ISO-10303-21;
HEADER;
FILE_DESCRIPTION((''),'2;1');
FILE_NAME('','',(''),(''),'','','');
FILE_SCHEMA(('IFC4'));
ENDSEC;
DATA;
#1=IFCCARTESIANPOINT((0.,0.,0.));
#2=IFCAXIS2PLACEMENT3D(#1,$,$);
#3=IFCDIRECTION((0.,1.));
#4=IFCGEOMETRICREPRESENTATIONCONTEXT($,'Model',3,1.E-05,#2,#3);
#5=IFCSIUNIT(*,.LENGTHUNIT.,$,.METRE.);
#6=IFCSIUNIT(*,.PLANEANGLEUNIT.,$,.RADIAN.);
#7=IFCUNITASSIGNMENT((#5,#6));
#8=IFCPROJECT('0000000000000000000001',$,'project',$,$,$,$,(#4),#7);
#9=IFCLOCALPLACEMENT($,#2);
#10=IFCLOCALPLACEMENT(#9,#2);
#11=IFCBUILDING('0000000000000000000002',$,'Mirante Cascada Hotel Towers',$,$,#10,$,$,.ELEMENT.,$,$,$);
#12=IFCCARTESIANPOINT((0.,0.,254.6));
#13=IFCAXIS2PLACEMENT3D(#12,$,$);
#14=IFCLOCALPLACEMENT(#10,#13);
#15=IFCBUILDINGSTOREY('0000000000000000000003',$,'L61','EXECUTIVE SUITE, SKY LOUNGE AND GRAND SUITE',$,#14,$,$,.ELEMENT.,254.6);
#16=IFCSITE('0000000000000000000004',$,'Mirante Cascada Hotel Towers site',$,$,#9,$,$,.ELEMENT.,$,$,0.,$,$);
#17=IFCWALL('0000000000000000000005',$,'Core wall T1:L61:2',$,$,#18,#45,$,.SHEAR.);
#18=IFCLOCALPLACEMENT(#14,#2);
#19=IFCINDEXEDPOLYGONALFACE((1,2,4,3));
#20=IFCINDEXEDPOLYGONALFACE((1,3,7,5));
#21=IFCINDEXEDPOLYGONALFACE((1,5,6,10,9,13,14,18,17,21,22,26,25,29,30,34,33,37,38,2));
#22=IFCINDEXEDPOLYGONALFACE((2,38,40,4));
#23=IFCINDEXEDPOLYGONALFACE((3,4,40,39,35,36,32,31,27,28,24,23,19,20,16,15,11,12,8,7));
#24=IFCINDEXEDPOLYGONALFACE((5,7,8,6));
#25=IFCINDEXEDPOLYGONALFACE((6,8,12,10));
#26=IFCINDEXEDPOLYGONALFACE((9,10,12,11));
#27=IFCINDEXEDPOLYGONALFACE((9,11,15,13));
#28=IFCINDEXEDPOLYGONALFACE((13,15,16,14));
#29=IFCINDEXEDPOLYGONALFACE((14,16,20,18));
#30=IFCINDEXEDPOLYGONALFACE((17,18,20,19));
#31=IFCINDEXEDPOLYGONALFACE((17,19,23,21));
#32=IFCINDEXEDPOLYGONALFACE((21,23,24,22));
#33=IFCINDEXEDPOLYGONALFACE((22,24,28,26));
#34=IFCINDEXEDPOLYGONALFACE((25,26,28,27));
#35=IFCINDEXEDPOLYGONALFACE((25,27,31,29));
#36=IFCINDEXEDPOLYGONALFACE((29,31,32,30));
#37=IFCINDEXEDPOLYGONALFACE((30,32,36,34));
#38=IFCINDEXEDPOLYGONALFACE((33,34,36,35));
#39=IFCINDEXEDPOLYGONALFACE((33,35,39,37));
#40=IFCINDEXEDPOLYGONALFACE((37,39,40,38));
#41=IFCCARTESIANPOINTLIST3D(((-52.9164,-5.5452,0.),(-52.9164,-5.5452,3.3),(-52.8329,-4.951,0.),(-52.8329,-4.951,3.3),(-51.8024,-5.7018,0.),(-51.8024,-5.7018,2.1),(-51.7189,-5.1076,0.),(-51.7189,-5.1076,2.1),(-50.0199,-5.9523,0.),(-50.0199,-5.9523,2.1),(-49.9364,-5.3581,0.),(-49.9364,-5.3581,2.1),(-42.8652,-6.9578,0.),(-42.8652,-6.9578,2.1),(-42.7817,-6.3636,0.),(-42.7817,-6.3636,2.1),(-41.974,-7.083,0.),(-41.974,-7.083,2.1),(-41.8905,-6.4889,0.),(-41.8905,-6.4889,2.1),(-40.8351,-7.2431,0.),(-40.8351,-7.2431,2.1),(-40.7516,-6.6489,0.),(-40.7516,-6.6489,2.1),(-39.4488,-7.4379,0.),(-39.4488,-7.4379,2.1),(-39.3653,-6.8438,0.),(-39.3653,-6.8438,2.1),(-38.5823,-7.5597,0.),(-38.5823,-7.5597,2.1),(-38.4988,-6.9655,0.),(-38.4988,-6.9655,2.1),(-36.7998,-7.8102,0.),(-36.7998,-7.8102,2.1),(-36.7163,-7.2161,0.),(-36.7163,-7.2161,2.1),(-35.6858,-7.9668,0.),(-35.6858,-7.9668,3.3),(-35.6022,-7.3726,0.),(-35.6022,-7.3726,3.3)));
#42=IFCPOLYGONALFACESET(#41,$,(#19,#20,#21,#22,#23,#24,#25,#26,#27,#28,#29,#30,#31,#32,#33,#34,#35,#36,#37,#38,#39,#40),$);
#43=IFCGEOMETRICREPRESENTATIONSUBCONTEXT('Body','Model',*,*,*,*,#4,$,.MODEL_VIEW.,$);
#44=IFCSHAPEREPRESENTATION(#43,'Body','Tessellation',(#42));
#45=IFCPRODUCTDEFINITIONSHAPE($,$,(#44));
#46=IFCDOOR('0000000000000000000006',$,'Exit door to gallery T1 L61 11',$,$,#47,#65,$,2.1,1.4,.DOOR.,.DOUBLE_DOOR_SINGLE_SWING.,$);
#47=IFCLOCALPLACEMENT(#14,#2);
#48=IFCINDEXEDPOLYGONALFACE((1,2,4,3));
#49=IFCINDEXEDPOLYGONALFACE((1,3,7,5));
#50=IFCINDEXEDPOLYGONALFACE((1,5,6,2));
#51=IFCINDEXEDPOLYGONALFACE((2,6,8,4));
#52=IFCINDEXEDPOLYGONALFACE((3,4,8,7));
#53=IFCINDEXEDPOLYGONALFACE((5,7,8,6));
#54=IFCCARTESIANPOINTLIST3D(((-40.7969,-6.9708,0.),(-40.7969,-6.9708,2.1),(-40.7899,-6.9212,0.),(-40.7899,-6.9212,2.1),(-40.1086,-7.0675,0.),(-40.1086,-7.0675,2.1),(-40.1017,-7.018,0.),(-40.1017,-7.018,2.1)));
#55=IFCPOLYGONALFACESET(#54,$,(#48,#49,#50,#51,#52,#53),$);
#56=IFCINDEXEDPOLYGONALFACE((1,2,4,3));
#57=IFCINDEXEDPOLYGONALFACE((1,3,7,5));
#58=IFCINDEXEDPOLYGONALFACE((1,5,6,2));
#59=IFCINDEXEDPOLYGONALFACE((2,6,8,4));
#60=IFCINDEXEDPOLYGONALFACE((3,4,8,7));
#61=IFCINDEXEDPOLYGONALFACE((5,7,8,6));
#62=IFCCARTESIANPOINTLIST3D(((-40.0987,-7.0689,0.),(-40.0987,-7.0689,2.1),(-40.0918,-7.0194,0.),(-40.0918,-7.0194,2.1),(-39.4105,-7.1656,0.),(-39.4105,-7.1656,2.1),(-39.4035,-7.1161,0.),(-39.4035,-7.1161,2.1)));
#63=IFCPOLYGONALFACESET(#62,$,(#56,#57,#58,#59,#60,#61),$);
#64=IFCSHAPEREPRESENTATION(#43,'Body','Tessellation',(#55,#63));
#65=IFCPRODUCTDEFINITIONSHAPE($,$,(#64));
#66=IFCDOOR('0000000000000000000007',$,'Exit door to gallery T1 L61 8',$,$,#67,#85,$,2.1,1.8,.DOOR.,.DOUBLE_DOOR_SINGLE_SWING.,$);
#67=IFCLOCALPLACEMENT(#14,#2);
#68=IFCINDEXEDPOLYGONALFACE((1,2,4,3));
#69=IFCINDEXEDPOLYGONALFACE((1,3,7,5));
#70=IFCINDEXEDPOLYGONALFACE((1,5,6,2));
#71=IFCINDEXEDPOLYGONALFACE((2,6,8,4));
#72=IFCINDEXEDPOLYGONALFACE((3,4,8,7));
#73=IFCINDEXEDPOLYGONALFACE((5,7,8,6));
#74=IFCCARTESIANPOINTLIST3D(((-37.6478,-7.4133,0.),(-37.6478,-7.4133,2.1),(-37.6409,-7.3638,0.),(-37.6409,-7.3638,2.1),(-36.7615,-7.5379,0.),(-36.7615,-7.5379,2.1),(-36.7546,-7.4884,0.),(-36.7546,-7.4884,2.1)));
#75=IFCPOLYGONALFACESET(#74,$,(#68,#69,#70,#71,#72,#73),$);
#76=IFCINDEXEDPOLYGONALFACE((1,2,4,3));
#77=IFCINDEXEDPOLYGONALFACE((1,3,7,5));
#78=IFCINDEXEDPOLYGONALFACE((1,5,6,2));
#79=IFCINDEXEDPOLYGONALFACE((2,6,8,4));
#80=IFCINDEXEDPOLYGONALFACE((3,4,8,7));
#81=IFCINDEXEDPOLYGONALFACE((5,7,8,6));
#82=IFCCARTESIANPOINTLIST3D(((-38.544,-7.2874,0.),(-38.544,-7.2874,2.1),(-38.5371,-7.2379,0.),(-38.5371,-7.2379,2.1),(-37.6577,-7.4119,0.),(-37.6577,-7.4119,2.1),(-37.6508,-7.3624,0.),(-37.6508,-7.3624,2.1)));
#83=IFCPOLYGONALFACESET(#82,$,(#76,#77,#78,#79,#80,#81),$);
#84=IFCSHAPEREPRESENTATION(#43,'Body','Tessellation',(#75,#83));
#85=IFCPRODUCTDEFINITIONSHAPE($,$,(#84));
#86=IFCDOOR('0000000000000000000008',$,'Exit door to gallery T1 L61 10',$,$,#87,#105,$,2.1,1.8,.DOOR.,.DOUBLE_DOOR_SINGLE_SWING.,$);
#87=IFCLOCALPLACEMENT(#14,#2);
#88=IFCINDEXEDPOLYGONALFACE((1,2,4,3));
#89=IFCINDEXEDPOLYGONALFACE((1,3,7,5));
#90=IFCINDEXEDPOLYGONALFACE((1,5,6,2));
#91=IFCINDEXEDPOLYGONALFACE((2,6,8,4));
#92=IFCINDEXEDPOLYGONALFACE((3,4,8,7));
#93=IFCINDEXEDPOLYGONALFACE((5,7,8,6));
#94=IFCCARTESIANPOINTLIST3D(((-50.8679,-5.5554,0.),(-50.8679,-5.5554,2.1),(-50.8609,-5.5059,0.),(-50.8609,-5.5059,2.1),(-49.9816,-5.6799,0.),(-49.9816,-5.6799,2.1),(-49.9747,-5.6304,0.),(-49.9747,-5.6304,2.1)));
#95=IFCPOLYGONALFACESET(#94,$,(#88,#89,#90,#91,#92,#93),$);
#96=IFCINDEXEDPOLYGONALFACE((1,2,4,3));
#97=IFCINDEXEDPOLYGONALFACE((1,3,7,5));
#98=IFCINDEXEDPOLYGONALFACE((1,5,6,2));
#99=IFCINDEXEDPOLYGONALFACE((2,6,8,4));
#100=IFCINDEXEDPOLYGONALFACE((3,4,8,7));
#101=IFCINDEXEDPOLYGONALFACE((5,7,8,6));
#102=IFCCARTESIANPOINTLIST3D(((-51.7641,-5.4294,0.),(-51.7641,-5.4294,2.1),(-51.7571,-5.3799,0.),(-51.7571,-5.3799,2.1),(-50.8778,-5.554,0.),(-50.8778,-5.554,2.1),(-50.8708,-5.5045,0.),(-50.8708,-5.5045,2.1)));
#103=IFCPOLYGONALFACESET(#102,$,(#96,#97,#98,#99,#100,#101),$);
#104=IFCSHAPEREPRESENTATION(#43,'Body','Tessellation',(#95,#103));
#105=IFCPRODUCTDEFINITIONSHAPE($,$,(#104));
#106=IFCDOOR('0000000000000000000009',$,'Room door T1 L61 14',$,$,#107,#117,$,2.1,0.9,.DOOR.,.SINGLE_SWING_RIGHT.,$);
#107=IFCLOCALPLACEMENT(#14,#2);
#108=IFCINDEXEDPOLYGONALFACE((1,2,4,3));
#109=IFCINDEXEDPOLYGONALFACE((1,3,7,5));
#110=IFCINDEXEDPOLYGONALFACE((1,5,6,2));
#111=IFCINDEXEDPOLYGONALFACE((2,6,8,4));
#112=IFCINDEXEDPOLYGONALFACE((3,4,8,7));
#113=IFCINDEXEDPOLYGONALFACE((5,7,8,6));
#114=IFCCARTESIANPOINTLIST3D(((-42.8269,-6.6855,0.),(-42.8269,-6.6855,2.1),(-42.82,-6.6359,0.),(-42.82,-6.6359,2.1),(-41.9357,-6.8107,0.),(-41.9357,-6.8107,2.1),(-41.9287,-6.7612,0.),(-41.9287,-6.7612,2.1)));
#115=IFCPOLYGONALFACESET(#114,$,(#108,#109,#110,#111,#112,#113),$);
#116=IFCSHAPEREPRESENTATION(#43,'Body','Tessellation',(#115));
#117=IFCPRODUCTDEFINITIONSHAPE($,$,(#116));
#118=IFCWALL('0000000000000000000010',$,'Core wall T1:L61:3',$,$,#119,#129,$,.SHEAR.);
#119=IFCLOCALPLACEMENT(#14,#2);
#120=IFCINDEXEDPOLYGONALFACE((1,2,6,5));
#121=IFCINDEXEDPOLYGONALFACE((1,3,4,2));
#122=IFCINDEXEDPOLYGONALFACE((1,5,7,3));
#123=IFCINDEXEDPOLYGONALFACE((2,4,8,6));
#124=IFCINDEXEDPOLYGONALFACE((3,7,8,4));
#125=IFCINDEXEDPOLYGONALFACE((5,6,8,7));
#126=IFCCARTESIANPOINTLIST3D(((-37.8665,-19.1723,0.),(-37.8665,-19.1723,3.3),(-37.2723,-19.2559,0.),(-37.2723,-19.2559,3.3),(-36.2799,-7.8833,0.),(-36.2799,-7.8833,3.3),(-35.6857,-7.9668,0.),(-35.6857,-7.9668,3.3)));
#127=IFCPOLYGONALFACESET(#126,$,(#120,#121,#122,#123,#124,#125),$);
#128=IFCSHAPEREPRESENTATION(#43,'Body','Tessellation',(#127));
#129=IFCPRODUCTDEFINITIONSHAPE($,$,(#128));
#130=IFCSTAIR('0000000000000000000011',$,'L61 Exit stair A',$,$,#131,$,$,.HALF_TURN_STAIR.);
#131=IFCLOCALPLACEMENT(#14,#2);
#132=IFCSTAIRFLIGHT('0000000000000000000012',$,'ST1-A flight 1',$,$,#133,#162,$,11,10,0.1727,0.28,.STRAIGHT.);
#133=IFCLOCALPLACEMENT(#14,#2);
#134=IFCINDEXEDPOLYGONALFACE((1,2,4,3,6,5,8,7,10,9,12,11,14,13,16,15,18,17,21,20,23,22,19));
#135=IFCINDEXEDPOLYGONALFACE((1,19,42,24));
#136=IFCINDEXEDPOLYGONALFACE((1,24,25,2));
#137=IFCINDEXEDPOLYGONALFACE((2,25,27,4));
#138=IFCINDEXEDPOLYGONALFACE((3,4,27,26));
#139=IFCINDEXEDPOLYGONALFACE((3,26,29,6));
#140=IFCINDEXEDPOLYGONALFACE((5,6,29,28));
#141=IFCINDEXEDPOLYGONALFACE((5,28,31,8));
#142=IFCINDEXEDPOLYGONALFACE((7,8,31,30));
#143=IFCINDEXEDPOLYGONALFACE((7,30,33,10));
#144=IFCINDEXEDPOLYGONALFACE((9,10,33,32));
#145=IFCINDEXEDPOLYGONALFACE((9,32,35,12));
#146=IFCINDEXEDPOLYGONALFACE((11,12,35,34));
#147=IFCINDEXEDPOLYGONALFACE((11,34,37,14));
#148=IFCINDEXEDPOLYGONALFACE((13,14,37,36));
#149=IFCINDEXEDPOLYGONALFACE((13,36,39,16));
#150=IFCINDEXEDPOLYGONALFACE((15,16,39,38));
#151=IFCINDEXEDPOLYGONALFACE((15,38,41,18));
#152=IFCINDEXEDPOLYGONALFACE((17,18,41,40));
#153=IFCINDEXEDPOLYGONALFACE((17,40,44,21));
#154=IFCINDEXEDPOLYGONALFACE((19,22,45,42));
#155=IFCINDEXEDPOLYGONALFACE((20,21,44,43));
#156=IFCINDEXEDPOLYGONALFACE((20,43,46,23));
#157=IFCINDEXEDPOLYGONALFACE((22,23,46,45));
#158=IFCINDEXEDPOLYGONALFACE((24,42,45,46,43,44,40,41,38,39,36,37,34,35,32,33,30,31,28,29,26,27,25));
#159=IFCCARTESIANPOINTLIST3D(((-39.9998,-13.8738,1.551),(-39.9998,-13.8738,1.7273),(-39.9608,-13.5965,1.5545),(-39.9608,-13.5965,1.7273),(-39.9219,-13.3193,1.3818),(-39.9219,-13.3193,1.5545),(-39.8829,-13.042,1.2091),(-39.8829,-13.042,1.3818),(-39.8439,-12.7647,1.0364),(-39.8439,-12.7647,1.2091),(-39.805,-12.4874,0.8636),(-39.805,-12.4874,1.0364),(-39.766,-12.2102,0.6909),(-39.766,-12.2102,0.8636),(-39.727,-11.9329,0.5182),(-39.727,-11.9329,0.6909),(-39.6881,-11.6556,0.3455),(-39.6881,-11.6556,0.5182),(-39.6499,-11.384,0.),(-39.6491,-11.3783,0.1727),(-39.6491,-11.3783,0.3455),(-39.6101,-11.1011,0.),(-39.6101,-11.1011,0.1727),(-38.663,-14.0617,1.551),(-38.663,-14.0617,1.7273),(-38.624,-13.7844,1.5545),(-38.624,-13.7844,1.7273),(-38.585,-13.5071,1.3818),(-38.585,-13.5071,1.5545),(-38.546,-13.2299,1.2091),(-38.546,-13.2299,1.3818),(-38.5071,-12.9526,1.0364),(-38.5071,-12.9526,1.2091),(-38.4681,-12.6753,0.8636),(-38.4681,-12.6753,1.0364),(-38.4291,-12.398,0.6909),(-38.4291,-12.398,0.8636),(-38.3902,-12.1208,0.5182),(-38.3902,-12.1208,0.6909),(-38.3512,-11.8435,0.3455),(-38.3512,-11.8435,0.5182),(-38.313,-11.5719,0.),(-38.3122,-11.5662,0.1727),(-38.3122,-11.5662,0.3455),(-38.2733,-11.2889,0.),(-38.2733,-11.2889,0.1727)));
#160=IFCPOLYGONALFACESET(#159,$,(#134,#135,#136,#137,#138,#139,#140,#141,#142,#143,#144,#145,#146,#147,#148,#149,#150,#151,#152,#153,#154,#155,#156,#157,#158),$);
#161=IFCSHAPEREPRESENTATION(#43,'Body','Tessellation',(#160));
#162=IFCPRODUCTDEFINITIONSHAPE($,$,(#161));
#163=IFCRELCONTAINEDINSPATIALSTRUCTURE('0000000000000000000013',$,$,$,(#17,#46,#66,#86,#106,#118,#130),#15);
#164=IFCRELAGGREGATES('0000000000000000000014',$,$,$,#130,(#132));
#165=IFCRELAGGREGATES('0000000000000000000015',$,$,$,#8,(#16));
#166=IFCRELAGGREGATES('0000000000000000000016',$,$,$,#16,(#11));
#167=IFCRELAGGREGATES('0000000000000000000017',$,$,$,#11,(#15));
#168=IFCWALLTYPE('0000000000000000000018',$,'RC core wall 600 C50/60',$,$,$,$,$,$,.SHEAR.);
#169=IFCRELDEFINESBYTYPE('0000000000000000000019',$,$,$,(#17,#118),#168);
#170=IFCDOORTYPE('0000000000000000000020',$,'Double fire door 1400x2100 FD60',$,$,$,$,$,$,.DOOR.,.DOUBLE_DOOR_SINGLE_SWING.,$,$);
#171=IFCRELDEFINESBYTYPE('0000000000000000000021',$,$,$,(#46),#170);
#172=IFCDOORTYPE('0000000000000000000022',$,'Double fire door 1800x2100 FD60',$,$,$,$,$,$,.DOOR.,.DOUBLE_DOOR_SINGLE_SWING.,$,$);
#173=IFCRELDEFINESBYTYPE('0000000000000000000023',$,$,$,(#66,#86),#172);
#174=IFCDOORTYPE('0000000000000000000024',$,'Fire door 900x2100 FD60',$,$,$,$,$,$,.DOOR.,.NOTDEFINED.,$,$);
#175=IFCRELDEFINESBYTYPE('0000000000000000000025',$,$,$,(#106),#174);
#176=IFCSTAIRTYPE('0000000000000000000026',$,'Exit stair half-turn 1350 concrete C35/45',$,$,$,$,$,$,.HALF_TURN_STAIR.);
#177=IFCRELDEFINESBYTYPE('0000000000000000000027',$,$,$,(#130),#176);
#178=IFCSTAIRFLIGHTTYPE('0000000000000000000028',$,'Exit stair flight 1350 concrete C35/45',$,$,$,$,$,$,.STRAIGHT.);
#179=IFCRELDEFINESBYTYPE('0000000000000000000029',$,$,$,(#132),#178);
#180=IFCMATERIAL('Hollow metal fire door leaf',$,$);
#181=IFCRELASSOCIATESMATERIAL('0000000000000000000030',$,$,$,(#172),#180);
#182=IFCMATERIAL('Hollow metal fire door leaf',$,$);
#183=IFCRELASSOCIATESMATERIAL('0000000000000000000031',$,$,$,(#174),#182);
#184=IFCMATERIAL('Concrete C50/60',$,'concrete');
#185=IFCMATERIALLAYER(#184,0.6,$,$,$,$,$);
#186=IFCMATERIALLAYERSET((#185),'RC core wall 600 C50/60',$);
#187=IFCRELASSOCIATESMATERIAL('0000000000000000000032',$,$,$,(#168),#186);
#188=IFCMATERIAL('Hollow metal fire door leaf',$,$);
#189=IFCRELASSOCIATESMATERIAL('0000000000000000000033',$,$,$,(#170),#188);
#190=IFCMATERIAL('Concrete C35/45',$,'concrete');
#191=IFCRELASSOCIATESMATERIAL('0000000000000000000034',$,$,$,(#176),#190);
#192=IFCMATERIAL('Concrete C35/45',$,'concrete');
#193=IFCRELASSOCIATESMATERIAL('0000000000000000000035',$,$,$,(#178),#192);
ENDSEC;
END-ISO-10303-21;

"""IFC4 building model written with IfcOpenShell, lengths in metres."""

from ifc_helpers import new_model, si_unit, direction, frame, frame_2d, origin, place, context, subcontext, project, spatial, polyline, rectangle, outline, extrude, material, layer, layer_set, type_object, element, fill, aggregate, save


model = new_model("IFC4")

# Units and contexts
model_context = context("Model", 3, precision=1e-05, world=origin(), true_north=direction((0.0, 1.0)))
body_context = subcontext(model_context, "Body", "Model", "MODEL_VIEW")
ifc_project = project(units=[si_unit("LENGTHUNIT", "METRE"), si_unit("PLANEANGLEUNIT", "RADIAN")], contexts=[model_context])

# Site, building, storey
site_placement = place(None, origin())
site = spatial("IfcSite", under=ifc_project, at=site_placement, Name="Mirante Cascada Hotel Towers site", CompositionType="ELEMENT", RefElevation=0.0)
building_placement = place(site_placement, origin())
building = spatial("IfcBuilding", under=site, at=building_placement, Name="Mirante Cascada Hotel Towers", CompositionType="ELEMENT")
storey_placement = place(building_placement, frame((0.0, 0.0, 254.6)))
storey = spatial("IfcBuildingStorey", under=building, at=storey_placement, Name="L61", Description="EXECUTIVE SUITE, SKY LOUNGE AND GRAND SUITE", CompositionType="ELEMENT", Elevation=254.6)

# Shared definitions
ifc_material_1 = material(Name="Hollow metal fire door leaf")
door_type_1 = type_object("IfcDoorType", Name="Double fire door 1800x2100 FD60", OperationType="DOUBLE_DOOR_SINGLE_SWING", PredefinedType="DOOR", material=ifc_material_1)

# Shared definitions
ifc_material_2 = material(Name="Hollow metal fire door leaf")
door_type_2 = type_object("IfcDoorType", Name="Fire door 900x2100 FD60", OperationType="NOTDEFINED", PredefinedType="DOOR", material=ifc_material_2)

# Shared definitions
ifc_material_3 = material(Name="Concrete C50/60", Category="concrete")
ifc_layer_1 = layer(ifc_material_3, 0.6)
ifc_layer_set_1 = layer_set([ifc_layer_1], Name="RC core wall 600 C50/60")
wall_type_1 = type_object("IfcWallType", Name="RC core wall 600 C50/60", PredefinedType="SHEAR", material=ifc_layer_set_1)

# Wall, openings, doors
wall_1_placement = place(storey_placement, frame((-35.644, -7.6697, 0.0), z_axis=(0.0, 0.0, 1.0), x_axis=(-0.990268, 0.139172, 0.0)))
wall_1 = element("IfcWall", 1, at=wall_1_placement, inside=storey, type_object=wall_type_1, Name="Core wall T1:L61:2", PredefinedType="SHEAR", context=body_context, shape_type="SweptSolid", body=[
    extrude(rectangle(XDim=17.4, YDim=0.6, at=frame_2d((8.7, 0.0))), origin(), (0.0, 0.0, 1.0), 3.3),
])
opening_1_placement = place(wall_1_placement, frame((1.125, 0.0, 0.0)))
opening_1 = element("IfcOpeningElement", 2, at=opening_1_placement, cuts=wall_1, PredefinedType="OPENING", context=body_context, shape_type="SweptSolid", body=[
    extrude(rectangle(XDim=1.8, YDim=2.1, at=frame_2d((0.9, 1.05))), frame((0.0, 0.3, 0.0), z_axis=(0.0, -1.0, 0.0), x_axis=(1.0, 0.0, 0.0)), (0.0, 0.0, 1.0), 0.6),
])
opening_2_placement = place(wall_1_placement, frame((14.475, 0.0, 0.0)))
opening_2 = element("IfcOpeningElement", 3, at=opening_2_placement, cuts=wall_1, PredefinedType="OPENING", context=body_context, shape_type="SweptSolid", body=[
    extrude(rectangle(XDim=1.8, YDim=2.1, at=frame_2d((0.9, 1.05))), frame((0.0, 0.3, 0.0), z_axis=(0.0, -1.0, 0.0), x_axis=(1.0, 0.0, 0.0)), (0.0, 0.0, 1.0), 0.6),
])
opening_3_placement = place(wall_1_placement, frame((3.8, 0.0, 0.0)))
opening_3 = element("IfcOpeningElement", 4, at=opening_3_placement, cuts=wall_1, PredefinedType="OPENING", context=body_context, shape_type="SweptSolid", body=[
    extrude(rectangle(XDim=1.4, YDim=2.1, at=frame_2d((0.7, 1.05))), frame((0.0, 0.3, 0.0), z_axis=(0.0, -1.0, 0.0), x_axis=(1.0, 0.0, 0.0)), (0.0, 0.0, 1.0), 0.6),
])
opening_4_placement = place(wall_1_placement, frame((6.35, 0.0, 0.0)))
opening_4 = element("IfcOpeningElement", 5, at=opening_4_placement, cuts=wall_1, PredefinedType="OPENING", context=body_context, shape_type="SweptSolid", body=[
    extrude(rectangle(XDim=0.9, YDim=2.1, at=frame_2d((0.45, 1.05))), frame((0.0, 0.3, 0.0), z_axis=(0.0, -1.0, 0.0), x_axis=(1.0, 0.0, 0.0)), (0.0, 0.0, 1.0), 0.6),
])
ifc_material_4 = material(Name="Hollow metal fire door leaf")
door_type_3 = type_object("IfcDoorType", Name="Double fire door 1400x2100 FD60", OperationType="DOUBLE_DOOR_SINGLE_SWING", PredefinedType="DOOR", material=ifc_material_4)
door_1_placement = place(opening_3_placement, frame((1.4, 0.0, 0.0), z_axis=(0.0, 0.0, 1.0), x_axis=(-1.0, 0.0, 0.0)))
door_1 = element("IfcDoor", 6, at=door_1_placement, inside=storey, type_object=door_type_3, Name="Exit door to gallery T1 L61 11", OperationType="DOUBLE_DOOR_SINGLE_SWING", OverallHeight=2.1, OverallWidth=1.4, PredefinedType="DOOR", context=body_context, shape_type="SweptSolid", body=[
    extrude(rectangle(XDim=0.695, YDim=2.1, at=frame_2d((0.3475, 1.05))), frame((0.0, 0.025, 0.0), z_axis=(0.0, -1.0, 0.0), x_axis=(1.0, 0.0, 0.0)), (0.0, 0.0, 1.0), 0.05),
    extrude(rectangle(XDim=0.695, YDim=2.1, at=frame_2d((1.0525, 1.05))), frame((0.0, 0.025, 0.0), z_axis=(0.0, -1.0, 0.0), x_axis=(1.0, 0.0, 0.0)), (0.0, 0.0, 1.0), 0.05),
])
fill(opening_3, door_1)
door_2_placement = place(opening_1_placement, origin())
door_2 = element("IfcDoor", 7, at=door_2_placement, inside=storey, type_object=door_type_1, Name="Exit door to gallery T1 L61 8", OperationType="DOUBLE_DOOR_SINGLE_SWING", OverallHeight=2.1, OverallWidth=1.8, PredefinedType="DOOR", context=body_context, shape_type="SweptSolid", body=[
    extrude(rectangle(XDim=0.895, YDim=2.1, at=frame_2d((0.4475, 1.05))), frame((0.0, 0.025, 0.0), z_axis=(0.0, -1.0, 0.0), x_axis=(1.0, 0.0, 0.0)), (0.0, 0.0, 1.0), 0.05),
    extrude(rectangle(XDim=0.895, YDim=2.1, at=frame_2d((1.3525, 1.05))), frame((0.0, 0.025, 0.0), z_axis=(0.0, -1.0, 0.0), x_axis=(1.0, 0.0, 0.0)), (0.0, 0.0, 1.0), 0.05),
])
fill(opening_1, door_2)
door_3_placement = place(opening_2_placement, origin())
door_3 = element("IfcDoor", 8, at=door_3_placement, inside=storey, type_object=door_type_1, Name="Exit door to gallery T1 L61 10", OperationType="DOUBLE_DOOR_SINGLE_SWING", OverallHeight=2.1, OverallWidth=1.8, PredefinedType="DOOR", context=body_context, shape_type="SweptSolid", body=[
    extrude(rectangle(XDim=0.895, YDim=2.1, at=frame_2d((0.4475, 1.05))), frame((0.0, 0.025, 0.0), z_axis=(0.0, -1.0, 0.0), x_axis=(1.0, 0.0, 0.0)), (0.0, 0.0, 1.0), 0.05),
    extrude(rectangle(XDim=0.895, YDim=2.1, at=frame_2d((1.3525, 1.05))), frame((0.0, 0.025, 0.0), z_axis=(0.0, -1.0, 0.0), x_axis=(1.0, 0.0, 0.0)), (0.0, 0.0, 1.0), 0.05),
])
fill(opening_2, door_3)
door_4_placement = place(opening_4_placement, origin())
door_4 = element("IfcDoor", 9, at=door_4_placement, inside=storey, type_object=door_type_2, Name="Room door T1 L61 14", OperationType="SINGLE_SWING_RIGHT", OverallHeight=2.1, OverallWidth=0.9, PredefinedType="DOOR", context=body_context, shape_type="SweptSolid", body=[
    extrude(rectangle(XDim=0.9, YDim=2.1, at=frame_2d((0.45, 1.05))), frame((0.0, 0.025, 0.0), z_axis=(0.0, -1.0, 0.0), x_axis=(1.0, 0.0, 0.0)), (0.0, 0.0, 1.0), 0.05),
])
fill(opening_4, door_4)

# Wall
wall_2_placement = place(storey_placement, frame((-37.5694, -19.2141, 0.0), z_axis=(0.0, 0.0, 1.0), x_axis=(0.139175, 0.990268, 0.0)))
element("IfcWall", 10, at=wall_2_placement, inside=storey, type_object=wall_type_1, Name="Core wall T1:L61:3", PredefinedType="SHEAR", context=body_context, shape_type="SweptSolid", body=[
    extrude(rectangle(XDim=11.4, YDim=0.6, at=frame_2d((5.7, 0.0))), origin(), (0.0, 0.0, 1.0), 3.3),
])

# Stair, stair flight
ifc_material_5 = material(Name="Concrete C35/45", Category="concrete")
stair_type = type_object("IfcStairType", Name="Exit stair half-turn 1350 concrete C35/45", PredefinedType="HALF_TURN_STAIR", material=ifc_material_5)
stair_placement = place(storey_placement, origin())
stair = element("IfcStair", 11, at=stair_placement, inside=storey, type_object=stair_type, Name="L61 Exit stair A", PredefinedType="HALF_TURN_STAIR")
ifc_material_6 = material(Name="Concrete C35/45", Category="concrete")
stair_flight_type = type_object("IfcStairFlightType", Name="Exit stair flight 1350 concrete C35/45", PredefinedType="STRAIGHT", material=ifc_material_6)
stair_flight_1_placement = place(storey_placement, frame((-38.9417, -11.195, 0.0), z_axis=(0.0, 0.0, 1.0), x_axis=(-0.139173, -0.990268, 0.0)))
stair_flight_1 = element("IfcStairFlight", 12, at=stair_flight_1_placement, type_object=stair_flight_type, Name="ST1-A flight 1", NumberOfRisers=11, NumberOfTreads=10, PredefinedType="STRAIGHT", RiserHeight=0.1727, TreadLength=0.28, context=body_context, shape_type="SweptSolid", body=[
    extrude(outline(polyline([(0.0, 0.0), (0.0, 0.1727), (0.28, 0.1727), (0.28, 0.3455), (0.56, 0.3455), (0.56, 0.5182), (0.84, 0.5182), (0.84, 0.6909), (1.12, 0.6909), (1.12, 0.8636), (1.4, 0.8636), (1.4, 1.0364), (1.68, 1.0364), (1.68, 1.2091), (1.96, 1.2091), (1.96, 1.3818), (2.24, 1.3818), (2.24, 1.5545), (2.52, 1.5545), (2.52, 1.7273), (2.8, 1.7273), (2.8, 1.9), (2.8, 1.551), (0.2857, 0.0), (0.0, 0.0)])), frame((0.0, 0.675, 0.0), z_axis=(0.0, -1.0, 0.0), x_axis=(1.0, 0.0, 0.0)), (0.0, 0.0, 1.0), 1.35),
])
aggregate(stair, [stair_flight_1])

save(model, "model.ifc")
